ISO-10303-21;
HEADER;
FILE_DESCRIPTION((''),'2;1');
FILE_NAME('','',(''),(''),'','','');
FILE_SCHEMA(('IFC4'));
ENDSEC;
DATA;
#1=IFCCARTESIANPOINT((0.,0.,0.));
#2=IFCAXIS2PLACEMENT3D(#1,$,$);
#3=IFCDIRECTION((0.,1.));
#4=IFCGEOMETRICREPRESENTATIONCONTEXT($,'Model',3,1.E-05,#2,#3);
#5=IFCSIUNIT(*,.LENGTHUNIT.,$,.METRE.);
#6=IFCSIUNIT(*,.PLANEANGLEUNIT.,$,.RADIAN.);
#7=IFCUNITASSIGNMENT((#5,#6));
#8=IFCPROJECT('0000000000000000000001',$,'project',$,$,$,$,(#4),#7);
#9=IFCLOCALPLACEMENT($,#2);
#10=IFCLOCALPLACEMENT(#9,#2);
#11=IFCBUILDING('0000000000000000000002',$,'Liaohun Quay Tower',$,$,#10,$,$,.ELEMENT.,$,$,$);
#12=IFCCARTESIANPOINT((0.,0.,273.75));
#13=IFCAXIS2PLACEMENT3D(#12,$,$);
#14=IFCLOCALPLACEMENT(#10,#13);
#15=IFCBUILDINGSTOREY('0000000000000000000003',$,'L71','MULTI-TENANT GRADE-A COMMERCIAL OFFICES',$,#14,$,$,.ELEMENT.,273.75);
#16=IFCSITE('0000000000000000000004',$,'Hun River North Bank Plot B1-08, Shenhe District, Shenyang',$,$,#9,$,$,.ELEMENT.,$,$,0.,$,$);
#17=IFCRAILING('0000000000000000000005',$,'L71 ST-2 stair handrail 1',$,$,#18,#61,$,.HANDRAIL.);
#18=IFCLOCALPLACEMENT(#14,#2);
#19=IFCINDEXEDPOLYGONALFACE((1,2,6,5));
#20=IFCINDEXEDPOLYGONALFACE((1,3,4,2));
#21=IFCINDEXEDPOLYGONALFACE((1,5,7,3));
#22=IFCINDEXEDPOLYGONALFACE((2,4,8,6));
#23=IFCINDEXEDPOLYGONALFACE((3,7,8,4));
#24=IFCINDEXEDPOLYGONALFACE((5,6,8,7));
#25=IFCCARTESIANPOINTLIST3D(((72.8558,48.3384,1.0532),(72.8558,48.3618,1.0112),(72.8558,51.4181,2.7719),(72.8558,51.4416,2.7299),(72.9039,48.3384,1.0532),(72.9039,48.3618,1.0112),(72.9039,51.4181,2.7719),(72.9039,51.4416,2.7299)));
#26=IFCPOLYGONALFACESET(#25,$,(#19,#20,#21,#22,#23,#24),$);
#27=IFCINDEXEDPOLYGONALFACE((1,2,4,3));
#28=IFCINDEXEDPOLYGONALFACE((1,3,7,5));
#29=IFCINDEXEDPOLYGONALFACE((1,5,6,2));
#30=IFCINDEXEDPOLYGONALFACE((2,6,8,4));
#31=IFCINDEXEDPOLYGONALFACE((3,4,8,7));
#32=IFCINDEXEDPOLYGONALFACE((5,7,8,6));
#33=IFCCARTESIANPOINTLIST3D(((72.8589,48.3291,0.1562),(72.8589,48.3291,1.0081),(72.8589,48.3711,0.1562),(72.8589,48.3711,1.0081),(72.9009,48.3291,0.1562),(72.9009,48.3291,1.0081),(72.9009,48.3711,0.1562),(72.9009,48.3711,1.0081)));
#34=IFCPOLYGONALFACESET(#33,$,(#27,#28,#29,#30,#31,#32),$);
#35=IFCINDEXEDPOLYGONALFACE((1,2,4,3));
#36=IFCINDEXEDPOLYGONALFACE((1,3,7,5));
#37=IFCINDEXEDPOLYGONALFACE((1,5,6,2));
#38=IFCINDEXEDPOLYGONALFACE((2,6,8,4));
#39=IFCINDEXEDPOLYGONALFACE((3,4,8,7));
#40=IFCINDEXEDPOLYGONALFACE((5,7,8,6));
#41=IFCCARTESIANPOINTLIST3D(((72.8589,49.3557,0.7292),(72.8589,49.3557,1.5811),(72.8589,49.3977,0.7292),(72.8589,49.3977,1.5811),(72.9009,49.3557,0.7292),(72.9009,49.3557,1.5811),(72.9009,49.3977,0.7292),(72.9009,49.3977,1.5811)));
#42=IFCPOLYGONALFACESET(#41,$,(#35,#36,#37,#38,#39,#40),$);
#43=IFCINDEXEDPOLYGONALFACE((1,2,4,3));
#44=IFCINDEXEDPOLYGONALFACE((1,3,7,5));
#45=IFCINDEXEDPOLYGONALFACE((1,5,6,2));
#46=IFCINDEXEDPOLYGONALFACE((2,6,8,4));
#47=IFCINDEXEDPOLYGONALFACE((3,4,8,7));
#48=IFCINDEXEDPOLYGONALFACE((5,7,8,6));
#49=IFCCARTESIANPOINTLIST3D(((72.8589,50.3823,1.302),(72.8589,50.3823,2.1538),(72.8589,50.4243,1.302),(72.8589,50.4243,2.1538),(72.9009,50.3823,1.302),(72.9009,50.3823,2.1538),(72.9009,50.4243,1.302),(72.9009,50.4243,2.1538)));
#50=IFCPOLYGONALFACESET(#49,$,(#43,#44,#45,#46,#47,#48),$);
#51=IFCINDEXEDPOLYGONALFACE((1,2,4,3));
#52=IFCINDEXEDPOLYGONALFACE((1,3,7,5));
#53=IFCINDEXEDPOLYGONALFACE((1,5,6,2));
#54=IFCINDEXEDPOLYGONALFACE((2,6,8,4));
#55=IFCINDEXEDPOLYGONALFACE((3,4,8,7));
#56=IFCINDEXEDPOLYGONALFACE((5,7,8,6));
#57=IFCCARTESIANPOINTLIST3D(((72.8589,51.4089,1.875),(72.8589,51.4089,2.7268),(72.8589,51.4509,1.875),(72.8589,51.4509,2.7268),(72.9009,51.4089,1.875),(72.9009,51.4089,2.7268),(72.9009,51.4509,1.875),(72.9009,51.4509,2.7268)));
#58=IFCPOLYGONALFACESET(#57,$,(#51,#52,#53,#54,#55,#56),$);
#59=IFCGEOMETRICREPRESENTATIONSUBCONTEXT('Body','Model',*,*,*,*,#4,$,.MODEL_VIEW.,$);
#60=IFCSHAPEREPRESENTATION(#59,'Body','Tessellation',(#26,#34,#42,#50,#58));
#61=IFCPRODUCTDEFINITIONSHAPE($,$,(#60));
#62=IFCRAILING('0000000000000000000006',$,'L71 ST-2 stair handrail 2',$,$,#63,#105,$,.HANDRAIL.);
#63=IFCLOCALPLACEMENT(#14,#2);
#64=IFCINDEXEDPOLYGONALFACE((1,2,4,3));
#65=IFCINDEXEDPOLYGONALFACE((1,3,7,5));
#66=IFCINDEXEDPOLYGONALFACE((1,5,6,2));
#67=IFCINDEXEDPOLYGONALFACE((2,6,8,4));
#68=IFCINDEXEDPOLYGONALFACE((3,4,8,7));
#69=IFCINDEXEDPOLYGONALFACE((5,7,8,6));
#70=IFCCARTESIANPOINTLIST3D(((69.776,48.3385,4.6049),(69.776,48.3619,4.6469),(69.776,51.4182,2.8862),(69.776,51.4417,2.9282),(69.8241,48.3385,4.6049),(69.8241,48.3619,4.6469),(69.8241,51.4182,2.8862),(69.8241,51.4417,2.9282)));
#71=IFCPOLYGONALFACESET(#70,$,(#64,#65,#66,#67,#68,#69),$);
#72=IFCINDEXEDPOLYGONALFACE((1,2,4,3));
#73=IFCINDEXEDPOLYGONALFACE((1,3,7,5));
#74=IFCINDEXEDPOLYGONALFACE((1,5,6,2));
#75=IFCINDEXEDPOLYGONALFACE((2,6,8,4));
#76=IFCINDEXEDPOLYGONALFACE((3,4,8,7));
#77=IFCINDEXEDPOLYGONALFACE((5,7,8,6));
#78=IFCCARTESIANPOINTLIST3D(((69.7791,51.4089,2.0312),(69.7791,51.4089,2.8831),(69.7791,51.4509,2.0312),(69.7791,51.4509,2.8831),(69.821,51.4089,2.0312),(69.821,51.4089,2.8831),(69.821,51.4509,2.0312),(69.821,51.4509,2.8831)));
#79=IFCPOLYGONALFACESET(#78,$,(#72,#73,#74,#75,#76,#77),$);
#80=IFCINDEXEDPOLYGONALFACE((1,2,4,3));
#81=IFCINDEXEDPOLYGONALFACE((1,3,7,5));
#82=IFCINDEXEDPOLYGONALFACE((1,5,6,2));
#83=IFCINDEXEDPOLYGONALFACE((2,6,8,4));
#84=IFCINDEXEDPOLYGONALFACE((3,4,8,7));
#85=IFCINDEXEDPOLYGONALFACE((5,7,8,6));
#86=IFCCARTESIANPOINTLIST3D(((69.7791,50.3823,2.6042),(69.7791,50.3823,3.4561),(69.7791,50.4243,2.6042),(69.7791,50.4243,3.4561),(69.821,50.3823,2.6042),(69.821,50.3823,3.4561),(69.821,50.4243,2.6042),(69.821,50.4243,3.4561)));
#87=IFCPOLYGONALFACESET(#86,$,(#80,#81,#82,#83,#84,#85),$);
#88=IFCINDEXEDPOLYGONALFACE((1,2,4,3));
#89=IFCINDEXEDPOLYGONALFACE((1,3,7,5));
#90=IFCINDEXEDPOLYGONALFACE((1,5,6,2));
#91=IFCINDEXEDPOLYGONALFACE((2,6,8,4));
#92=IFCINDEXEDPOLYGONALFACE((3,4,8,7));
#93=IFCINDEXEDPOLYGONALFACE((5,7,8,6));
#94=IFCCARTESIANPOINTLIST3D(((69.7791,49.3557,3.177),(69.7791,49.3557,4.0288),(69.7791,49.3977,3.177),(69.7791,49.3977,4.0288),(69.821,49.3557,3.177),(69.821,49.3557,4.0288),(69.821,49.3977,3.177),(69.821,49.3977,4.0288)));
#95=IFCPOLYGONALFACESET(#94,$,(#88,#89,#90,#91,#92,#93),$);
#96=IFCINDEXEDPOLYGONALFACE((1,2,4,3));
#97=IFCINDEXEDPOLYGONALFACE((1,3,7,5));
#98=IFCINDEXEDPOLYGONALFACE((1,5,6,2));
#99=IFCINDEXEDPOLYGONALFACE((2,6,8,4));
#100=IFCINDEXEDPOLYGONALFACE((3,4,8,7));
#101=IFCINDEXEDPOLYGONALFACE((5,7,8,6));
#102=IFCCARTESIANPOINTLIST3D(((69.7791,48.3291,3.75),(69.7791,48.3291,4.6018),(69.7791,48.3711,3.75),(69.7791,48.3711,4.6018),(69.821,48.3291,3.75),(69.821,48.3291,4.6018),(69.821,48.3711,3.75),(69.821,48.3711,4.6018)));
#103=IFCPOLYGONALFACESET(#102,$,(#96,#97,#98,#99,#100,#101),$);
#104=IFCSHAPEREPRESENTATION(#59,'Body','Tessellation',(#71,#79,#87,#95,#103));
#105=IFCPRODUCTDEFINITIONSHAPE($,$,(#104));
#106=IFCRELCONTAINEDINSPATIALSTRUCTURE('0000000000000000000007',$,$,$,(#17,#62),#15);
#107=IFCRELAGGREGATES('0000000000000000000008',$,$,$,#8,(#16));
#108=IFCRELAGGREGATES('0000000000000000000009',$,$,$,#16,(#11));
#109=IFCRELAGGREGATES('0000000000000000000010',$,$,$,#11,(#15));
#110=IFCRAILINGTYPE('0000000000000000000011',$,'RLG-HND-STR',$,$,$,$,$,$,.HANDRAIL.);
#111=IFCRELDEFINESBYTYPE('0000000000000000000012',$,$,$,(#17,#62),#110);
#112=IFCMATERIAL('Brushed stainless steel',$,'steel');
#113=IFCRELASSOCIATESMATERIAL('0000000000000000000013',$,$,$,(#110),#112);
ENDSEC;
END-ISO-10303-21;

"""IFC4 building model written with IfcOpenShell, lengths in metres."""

from ifc_helpers import new_model, si_unit, direction, frame, origin, origin_2d, place, context, subcontext, project, spatial, rectangle, extrude, material, type_object, element, save


model = new_model("IFC4")

# Units and contexts
model_context = context("Model", 3, precision=1e-05, world=origin(), true_north=direction((0.0, 1.0)))
body_context = subcontext(model_context, "Body", "Model", "MODEL_VIEW")
ifc_project = project(units=[si_unit("LENGTHUNIT", "METRE"), si_unit("PLANEANGLEUNIT", "RADIAN")], contexts=[model_context])

# Site, building, storey
site_placement = place(None, origin())
site = spatial("IfcSite", under=ifc_project, at=site_placement, Name="Hun River North Bank Plot B1-08, Shenhe District, Shenyang", CompositionType="ELEMENT", RefElevation=0.0)
building_placement = place(site_placement, origin())
building = spatial("IfcBuilding", under=site, at=building_placement, Name="Liaohun Quay Tower", CompositionType="ELEMENT")
storey_placement = place(building_placement, frame((0.0, 0.0, 273.75)))
storey = spatial("IfcBuildingStorey", under=building, at=storey_placement, Name="L71", Description="MULTI-TENANT GRADE-A COMMERCIAL OFFICES", CompositionType="ELEMENT", Elevation=273.75)

# Railings
ifc_material_1 = material(Name="Brushed stainless steel", Category="steel")
railing_type_1 = type_object("IfcRailingType", Name="RLG-HND-STR", PredefinedType="HANDRAIL", material=ifc_material_1)
railing_1_placement = place(storey_placement, frame((72.8799, 48.3501, 0.1562)))
element("IfcRailing", 1, at=railing_1_placement, inside=storey, type_object=railing_type_1, Name="L71 ST-2 stair handrail 1", PredefinedType="HANDRAIL", context=body_context, shape_type="SweptSolid", body=[
    extrude(rectangle(XDim=0.0481, YDim=0.0481, at=origin_2d()), frame((0.0, 0.0, 0.876), z_axis=(0.0, 0.873225, 0.487317), x_axis=(-1.0, 0.0, 0.0)), (0.0, 0.0, 1.0), 3.5269),
    extrude(rectangle(XDim=0.042, YDim=0.042, at=origin_2d()), origin(), (0.0, 0.0, 1.0), 0.8518),
    extrude(rectangle(XDim=0.042, YDim=0.042, at=origin_2d()), frame((0.0, 1.0266, 0.573)), (0.0, 0.0, 1.0), 0.8518),
    extrude(rectangle(XDim=0.042, YDim=0.042, at=origin_2d()), frame((0.0, 2.0532, 1.1458)), (0.0, 0.0, 1.0), 0.8518),
    extrude(rectangle(XDim=0.042, YDim=0.042, at=origin_2d()), frame((0.0, 3.0798, 1.7188)), (0.0, 0.0, 1.0), 0.8518),
])
railing_2_placement = place(storey_placement, frame((69.8, 51.4299, 2.0312)))
element("IfcRailing", 2, at=railing_2_placement, inside=storey, type_object=railing_type_1, Name="L71 ST-2 stair handrail 2", PredefinedType="HANDRAIL", context=body_context, shape_type="SweptSolid", body=[
    extrude(rectangle(XDim=0.0481, YDim=0.0481, at=origin_2d()), frame((0.0, 0.0, 0.876), z_axis=(0.0, -0.873225, 0.487317), x_axis=(1.0, 0.0, 0.0)), (0.0, 0.0, 1.0), 3.5269),
    extrude(rectangle(XDim=0.042, YDim=0.042, at=origin_2d()), origin(), (0.0, 0.0, 1.0), 0.8518),
    extrude(rectangle(XDim=0.042, YDim=0.042, at=origin_2d()), frame((0.0, -1.0266, 0.573)), (0.0, 0.0, 1.0), 0.8518),
    extrude(rectangle(XDim=0.042, YDim=0.042, at=origin_2d()), frame((0.0, -2.0532, 1.1458)), (0.0, 0.0, 1.0), 0.8518),
    extrude(rectangle(XDim=0.042, YDim=0.042, at=origin_2d()), frame((0.0, -3.0798, 1.7188)), (0.0, 0.0, 1.0), 0.8518),
])

save(model, "model.ifc")
